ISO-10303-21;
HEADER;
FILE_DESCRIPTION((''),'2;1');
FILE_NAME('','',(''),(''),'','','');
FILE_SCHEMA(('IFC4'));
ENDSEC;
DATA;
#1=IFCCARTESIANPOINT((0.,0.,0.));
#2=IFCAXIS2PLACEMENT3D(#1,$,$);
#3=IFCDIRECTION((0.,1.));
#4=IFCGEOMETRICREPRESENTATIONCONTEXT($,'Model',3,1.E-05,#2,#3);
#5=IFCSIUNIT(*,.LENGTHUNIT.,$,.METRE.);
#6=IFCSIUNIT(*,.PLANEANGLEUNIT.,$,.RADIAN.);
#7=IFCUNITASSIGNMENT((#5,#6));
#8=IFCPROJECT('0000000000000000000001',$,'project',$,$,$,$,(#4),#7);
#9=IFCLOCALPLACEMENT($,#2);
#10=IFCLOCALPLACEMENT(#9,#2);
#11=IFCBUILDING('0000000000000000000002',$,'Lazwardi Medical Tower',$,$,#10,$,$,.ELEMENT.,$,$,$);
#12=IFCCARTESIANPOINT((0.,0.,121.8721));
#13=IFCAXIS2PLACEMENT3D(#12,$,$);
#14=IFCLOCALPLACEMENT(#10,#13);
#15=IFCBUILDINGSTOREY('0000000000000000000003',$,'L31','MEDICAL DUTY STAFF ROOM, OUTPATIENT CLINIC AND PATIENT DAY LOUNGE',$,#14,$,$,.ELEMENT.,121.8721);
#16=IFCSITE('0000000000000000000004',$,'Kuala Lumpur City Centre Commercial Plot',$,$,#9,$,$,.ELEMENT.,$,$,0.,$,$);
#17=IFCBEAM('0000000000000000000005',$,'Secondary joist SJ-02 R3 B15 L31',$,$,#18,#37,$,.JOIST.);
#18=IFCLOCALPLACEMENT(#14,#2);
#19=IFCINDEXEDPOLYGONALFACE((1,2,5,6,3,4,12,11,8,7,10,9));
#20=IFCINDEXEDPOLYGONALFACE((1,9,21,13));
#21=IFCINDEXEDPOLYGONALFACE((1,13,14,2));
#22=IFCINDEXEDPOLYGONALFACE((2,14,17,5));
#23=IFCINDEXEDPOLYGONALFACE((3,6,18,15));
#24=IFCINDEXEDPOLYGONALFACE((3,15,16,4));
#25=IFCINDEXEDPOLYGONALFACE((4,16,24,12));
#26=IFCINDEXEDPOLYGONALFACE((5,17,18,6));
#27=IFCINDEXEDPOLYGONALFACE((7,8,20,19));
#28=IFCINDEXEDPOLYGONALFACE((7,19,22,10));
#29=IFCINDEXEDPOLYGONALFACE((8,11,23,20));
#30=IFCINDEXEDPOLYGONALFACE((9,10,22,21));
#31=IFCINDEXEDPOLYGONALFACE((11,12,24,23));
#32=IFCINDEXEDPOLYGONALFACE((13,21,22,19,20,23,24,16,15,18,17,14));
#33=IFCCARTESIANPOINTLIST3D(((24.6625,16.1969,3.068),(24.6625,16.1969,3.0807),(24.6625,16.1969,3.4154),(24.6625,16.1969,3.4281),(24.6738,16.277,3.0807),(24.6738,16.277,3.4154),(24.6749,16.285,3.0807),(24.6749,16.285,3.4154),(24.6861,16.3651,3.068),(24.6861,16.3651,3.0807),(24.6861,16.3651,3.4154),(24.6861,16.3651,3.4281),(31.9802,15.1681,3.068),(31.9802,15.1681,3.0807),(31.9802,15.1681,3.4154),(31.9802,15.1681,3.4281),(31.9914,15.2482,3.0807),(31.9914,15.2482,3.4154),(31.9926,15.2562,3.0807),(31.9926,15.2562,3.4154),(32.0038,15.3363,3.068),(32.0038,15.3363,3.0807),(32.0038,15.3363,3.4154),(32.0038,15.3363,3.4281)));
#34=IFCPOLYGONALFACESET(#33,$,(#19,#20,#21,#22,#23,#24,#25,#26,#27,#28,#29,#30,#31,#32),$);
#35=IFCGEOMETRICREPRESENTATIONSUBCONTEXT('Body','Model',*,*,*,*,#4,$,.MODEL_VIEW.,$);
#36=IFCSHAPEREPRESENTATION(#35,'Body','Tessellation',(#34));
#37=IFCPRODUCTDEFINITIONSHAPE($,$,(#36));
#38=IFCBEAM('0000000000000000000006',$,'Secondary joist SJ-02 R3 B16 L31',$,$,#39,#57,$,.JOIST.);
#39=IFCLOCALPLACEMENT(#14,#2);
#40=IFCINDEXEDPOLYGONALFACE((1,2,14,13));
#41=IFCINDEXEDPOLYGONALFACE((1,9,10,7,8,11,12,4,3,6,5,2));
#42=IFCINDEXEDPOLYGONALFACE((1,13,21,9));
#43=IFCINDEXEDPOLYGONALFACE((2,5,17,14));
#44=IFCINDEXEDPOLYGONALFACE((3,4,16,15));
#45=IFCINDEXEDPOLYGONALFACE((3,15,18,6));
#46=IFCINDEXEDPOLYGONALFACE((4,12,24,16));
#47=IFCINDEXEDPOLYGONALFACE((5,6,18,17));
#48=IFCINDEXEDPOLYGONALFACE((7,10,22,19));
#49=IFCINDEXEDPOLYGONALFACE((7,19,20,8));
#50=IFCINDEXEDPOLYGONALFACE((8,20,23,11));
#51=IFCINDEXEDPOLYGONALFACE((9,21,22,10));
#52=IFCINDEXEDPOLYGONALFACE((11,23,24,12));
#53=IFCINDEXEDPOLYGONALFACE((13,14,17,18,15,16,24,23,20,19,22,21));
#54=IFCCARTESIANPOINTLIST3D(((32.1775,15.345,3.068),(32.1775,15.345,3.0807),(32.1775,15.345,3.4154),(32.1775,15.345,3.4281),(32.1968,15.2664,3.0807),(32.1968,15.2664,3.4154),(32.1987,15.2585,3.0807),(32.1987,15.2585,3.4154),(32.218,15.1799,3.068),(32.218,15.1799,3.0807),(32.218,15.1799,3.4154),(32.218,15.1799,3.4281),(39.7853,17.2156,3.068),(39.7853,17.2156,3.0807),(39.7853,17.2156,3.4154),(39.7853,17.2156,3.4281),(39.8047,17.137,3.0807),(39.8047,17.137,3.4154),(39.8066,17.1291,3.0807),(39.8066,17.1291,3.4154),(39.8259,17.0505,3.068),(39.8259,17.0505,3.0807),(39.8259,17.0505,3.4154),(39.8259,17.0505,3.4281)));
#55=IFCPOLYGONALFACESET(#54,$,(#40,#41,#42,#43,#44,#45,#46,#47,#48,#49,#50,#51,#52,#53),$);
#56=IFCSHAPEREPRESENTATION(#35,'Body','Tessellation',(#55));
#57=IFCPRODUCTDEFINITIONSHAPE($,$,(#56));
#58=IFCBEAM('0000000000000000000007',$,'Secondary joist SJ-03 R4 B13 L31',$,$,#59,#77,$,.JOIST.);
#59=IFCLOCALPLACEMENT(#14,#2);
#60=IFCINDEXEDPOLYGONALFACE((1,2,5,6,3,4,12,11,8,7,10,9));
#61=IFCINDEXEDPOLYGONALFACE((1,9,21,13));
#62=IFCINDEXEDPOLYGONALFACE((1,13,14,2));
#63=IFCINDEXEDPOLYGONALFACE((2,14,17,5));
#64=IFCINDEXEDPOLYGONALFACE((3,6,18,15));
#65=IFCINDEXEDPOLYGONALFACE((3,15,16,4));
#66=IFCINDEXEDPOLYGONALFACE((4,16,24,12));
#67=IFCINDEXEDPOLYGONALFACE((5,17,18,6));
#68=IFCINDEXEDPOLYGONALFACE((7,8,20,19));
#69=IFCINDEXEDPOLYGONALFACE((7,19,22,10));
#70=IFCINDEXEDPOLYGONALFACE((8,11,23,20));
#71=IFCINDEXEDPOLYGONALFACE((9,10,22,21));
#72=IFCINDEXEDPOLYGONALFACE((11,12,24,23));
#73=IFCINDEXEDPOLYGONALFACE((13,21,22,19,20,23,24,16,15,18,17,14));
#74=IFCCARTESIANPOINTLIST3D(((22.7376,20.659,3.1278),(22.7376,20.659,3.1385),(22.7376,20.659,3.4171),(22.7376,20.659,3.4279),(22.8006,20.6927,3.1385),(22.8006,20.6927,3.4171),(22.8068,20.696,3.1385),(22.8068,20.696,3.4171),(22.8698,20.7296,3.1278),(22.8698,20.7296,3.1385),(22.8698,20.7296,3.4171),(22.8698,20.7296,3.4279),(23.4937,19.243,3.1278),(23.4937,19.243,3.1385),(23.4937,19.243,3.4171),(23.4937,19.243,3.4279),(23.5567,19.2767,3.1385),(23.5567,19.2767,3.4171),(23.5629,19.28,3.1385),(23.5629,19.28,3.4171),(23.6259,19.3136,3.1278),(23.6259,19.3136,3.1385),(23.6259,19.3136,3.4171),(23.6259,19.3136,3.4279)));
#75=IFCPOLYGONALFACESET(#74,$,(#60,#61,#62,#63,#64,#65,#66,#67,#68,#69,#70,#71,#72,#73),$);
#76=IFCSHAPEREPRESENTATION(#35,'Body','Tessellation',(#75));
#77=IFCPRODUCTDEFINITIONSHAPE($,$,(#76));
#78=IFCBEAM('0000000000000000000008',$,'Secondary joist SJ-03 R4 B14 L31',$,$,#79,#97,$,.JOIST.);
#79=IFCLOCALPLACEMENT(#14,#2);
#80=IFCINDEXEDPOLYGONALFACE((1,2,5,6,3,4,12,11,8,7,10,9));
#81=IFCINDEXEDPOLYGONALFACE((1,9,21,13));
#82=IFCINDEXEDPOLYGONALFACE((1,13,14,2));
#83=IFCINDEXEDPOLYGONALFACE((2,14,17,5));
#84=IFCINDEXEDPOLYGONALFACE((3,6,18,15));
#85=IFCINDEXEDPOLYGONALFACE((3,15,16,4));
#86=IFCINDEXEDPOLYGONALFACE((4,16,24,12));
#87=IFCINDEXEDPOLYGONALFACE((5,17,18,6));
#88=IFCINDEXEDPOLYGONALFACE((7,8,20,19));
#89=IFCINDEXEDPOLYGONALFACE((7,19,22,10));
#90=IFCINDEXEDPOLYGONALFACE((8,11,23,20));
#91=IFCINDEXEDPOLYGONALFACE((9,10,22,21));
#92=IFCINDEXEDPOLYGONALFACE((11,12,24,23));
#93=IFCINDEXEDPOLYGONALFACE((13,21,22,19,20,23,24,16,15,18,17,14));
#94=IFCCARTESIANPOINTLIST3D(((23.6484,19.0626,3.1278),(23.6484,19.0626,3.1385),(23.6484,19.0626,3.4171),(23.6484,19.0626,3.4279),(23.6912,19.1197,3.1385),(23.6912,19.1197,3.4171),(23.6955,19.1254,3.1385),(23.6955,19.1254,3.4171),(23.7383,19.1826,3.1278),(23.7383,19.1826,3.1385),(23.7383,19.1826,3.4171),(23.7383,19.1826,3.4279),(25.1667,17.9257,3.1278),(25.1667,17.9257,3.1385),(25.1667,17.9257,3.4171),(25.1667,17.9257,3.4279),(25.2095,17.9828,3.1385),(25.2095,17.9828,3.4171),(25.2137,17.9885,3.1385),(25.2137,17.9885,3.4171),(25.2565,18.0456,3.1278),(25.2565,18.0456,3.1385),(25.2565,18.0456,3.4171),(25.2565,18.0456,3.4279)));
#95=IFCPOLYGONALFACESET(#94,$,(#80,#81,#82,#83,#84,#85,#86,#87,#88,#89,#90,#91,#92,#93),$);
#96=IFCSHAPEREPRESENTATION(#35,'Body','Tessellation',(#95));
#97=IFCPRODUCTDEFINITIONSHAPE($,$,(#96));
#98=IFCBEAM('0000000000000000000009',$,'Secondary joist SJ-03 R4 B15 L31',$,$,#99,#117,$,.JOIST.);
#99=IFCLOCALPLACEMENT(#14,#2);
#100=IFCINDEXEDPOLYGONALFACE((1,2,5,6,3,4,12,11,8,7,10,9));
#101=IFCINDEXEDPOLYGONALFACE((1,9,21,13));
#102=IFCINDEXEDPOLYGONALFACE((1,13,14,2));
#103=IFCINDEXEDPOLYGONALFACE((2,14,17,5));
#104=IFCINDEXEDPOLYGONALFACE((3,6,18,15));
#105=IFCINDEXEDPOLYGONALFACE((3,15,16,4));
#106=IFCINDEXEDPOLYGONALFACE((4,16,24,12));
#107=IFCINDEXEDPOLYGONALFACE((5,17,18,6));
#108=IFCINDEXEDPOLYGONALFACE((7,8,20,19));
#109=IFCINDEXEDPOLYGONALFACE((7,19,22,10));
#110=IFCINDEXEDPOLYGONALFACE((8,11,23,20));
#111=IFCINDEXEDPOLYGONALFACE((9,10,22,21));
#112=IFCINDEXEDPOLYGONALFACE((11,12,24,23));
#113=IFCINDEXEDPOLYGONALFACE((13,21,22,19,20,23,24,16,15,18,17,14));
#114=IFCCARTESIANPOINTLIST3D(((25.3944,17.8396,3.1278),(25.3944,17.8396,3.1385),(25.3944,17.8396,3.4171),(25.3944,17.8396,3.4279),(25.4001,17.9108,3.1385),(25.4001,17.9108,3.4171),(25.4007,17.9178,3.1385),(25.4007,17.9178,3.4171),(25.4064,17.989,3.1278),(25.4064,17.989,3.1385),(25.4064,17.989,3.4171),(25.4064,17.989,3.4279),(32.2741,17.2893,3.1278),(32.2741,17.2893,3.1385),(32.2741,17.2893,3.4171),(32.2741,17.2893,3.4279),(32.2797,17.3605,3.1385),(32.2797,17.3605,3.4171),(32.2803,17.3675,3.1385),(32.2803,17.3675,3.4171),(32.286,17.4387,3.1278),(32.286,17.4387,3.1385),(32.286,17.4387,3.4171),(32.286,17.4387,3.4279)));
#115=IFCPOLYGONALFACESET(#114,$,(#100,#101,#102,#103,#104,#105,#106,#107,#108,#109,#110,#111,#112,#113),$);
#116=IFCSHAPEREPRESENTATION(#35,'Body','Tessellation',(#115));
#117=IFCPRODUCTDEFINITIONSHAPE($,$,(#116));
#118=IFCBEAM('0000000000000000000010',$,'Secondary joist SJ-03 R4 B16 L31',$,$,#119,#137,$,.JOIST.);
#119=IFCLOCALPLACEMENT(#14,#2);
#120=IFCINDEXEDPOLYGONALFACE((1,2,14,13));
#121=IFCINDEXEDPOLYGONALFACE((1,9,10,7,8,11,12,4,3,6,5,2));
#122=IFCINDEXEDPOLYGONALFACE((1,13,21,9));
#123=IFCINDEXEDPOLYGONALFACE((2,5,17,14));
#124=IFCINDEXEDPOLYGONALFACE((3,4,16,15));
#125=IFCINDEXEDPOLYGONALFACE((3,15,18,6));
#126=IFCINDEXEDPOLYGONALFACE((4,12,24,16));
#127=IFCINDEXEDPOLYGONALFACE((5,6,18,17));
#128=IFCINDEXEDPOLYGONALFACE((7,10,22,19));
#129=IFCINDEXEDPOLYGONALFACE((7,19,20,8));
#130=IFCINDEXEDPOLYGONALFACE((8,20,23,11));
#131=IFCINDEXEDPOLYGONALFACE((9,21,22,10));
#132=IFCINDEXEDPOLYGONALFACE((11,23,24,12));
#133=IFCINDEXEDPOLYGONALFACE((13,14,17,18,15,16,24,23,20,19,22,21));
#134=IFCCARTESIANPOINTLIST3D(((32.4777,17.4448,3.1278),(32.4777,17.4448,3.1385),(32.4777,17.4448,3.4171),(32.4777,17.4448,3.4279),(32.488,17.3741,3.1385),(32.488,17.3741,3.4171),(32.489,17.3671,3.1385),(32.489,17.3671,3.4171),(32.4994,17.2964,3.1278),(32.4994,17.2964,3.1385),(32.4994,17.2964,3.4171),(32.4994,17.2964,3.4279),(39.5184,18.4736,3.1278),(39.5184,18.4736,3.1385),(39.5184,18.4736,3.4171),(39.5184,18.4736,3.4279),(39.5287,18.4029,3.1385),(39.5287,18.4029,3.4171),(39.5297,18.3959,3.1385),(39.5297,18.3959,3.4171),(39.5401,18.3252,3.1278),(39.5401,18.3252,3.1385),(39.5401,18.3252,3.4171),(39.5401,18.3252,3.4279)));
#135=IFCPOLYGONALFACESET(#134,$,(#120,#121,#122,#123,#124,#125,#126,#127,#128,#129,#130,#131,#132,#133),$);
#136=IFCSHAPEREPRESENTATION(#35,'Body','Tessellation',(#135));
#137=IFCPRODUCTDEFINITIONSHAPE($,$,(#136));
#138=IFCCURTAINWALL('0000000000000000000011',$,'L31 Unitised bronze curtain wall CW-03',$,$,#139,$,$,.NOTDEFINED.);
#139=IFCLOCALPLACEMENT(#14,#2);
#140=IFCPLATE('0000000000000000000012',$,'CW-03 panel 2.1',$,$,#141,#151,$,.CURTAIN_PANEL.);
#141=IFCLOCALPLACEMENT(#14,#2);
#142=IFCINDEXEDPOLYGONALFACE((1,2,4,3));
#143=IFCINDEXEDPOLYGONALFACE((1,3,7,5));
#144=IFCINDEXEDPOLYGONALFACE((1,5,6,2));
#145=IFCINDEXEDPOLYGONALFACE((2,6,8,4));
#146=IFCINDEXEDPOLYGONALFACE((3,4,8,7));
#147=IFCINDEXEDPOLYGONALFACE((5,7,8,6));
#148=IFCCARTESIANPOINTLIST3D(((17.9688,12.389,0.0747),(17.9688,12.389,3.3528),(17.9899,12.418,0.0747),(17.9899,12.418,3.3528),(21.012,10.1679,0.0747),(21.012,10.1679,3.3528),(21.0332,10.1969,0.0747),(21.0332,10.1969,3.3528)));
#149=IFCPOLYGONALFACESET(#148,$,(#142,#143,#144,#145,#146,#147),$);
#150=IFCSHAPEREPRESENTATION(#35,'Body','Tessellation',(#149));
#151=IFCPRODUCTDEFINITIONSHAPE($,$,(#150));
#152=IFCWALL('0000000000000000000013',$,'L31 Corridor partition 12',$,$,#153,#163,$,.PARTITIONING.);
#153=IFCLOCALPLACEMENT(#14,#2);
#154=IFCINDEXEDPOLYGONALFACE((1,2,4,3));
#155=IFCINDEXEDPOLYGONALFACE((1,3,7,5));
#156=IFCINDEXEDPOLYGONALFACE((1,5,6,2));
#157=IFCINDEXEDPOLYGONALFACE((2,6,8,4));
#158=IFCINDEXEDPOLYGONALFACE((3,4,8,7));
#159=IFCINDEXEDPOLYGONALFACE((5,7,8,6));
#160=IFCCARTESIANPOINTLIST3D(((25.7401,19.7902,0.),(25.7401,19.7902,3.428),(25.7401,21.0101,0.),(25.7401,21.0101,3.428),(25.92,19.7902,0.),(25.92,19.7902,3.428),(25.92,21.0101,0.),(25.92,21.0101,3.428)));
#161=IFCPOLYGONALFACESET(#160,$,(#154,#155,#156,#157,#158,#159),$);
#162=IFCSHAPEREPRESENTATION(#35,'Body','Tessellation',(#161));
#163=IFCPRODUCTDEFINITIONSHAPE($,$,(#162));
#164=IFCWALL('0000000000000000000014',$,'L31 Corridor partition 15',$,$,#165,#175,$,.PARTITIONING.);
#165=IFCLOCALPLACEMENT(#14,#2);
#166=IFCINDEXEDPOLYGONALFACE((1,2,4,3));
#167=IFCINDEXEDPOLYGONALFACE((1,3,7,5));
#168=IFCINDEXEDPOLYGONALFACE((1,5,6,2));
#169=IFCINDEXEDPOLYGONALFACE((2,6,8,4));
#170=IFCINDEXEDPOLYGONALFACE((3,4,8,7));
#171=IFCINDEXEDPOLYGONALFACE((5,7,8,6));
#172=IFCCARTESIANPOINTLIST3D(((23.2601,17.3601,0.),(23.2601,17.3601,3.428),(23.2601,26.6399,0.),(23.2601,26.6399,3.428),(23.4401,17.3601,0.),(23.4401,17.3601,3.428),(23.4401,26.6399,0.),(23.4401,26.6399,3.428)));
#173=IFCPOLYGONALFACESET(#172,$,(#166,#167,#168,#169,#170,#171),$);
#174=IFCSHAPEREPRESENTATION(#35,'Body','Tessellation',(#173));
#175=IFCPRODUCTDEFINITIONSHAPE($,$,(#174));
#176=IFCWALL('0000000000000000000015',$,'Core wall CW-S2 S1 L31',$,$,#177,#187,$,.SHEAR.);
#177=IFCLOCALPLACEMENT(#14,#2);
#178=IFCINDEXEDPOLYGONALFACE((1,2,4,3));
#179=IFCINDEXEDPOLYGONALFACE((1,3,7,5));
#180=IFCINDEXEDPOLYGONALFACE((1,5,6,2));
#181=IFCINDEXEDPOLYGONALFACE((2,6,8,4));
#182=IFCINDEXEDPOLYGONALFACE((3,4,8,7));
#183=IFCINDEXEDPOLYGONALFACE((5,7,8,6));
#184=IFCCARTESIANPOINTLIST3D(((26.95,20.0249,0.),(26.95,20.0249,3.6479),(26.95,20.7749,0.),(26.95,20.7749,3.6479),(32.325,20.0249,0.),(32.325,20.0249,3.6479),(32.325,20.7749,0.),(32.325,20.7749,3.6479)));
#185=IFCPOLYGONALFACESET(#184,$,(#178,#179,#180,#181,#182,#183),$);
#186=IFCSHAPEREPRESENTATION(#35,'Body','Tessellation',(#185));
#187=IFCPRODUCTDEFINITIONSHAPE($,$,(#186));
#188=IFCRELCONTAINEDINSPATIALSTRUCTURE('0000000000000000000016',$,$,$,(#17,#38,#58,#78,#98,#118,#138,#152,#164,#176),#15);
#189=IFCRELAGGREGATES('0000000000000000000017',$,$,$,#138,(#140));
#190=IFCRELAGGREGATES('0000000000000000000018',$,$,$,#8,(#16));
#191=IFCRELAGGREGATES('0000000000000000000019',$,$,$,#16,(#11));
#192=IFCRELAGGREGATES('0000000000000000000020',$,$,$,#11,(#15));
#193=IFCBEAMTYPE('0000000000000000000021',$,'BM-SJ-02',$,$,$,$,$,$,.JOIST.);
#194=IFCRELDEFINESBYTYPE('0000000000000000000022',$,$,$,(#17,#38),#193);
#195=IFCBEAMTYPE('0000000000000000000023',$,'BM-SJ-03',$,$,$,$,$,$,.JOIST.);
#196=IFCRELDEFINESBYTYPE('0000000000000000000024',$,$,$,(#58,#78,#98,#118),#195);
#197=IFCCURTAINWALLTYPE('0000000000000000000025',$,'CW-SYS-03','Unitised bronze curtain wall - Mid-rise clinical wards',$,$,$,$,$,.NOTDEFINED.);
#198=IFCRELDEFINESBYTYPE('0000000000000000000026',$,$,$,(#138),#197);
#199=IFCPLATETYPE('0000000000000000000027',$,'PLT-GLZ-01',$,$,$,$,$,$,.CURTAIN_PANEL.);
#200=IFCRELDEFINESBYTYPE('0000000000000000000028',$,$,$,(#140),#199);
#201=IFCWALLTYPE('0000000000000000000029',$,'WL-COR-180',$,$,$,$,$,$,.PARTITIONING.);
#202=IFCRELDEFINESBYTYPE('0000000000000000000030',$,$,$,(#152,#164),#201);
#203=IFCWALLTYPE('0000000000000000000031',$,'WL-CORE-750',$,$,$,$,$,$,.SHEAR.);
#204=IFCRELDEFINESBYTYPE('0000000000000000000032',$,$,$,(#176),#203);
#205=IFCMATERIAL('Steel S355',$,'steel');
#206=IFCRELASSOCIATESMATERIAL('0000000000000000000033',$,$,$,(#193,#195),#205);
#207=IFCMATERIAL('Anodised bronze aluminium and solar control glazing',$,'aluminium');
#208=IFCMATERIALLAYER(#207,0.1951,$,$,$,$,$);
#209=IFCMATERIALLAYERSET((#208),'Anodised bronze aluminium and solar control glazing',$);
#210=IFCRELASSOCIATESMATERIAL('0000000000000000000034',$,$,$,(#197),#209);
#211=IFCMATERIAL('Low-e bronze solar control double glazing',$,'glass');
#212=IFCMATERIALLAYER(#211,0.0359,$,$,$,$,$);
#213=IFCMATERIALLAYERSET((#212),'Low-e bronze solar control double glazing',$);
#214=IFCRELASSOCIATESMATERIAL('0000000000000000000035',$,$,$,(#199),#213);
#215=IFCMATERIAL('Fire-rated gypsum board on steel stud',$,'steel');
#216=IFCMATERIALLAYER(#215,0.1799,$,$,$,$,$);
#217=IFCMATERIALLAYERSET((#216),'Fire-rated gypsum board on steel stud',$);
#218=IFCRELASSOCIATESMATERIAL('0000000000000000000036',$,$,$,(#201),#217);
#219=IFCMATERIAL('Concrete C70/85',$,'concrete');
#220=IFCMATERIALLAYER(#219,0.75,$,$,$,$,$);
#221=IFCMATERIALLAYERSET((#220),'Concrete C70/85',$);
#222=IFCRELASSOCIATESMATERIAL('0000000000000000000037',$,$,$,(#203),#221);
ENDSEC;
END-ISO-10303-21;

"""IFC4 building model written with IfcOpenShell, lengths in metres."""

from ifc_helpers import new_model, si_unit, direction, frame, frame_2d, origin, origin_2d, place, context, subcontext, project, spatial, rectangle, i_section, extrude, material, layer, layer_set, material_profile, profile_set, type_object, element, aggregate, save


model = new_model("IFC4")

# Units and contexts
model_context = context("Model", 3, precision=1e-05, world=origin(), true_north=direction((0.0, 1.0)))
body_context = subcontext(model_context, "Body", "Model", "MODEL_VIEW")
ifc_project = project(units=[si_unit("LENGTHUNIT", "METRE"), si_unit("PLANEANGLEUNIT", "RADIAN")], contexts=[model_context])

# Site, building, storey
site_placement = place(None, origin())
site = spatial("IfcSite", under=ifc_project, at=site_placement, Name="Kuala Lumpur City Centre Commercial Plot", CompositionType="ELEMENT", RefElevation=0.0)
building_placement = place(site_placement, origin())
building = spatial("IfcBuilding", under=site, at=building_placement, Name="Lazwardi Medical Tower", CompositionType="ELEMENT")
storey_placement = place(building_placement, frame((0.0, 0.0, 121.8721)))
storey = spatial("IfcBuildingStorey", under=building, at=storey_placement, Name="L31", Description="MEDICAL DUTY STAFF ROOM, OUTPATIENT CLINIC AND PATIENT DAY LOUNGE", CompositionType="ELEMENT", Elevation=121.8721)

# Shared definitions
ifc_material_1 = material(Name="Concrete C70/85", Category="concrete")

# Beams
ifc_material_2 = material(Name="Steel S355", Category="steel")
ifc_material_profile_1 = material_profile(ifc_material_2, i_section(OverallWidth=0.1699, OverallDepth=0.3601, WebThickness=0.0081, FlangeThickness=0.0127, at=origin_2d()), Name="IPE 360")
ifc_profile_set_1 = profile_set([ifc_material_profile_1], Name="Steel S355")
beam_type_1 = type_object("IfcBeamType", Name="BM-SJ-02", PredefinedType="JOIST", material=ifc_profile_set_1)
beam_1_placement = place(storey_placement, frame((24.6743, 16.281, 3.248), z_axis=(0.990261, -0.139224, 0.0), x_axis=(0.139224, 0.990261, 0.0)))
element("IfcBeam", 1, at=beam_1_placement, inside=storey, type_object=beam_type_1, Name="Secondary joist SJ-02 R3 B15 L31", PredefinedType="JOIST", context=body_context, shape_type="SweptSolid", body=[
    extrude(i_section(OverallWidth=0.1699, OverallDepth=0.3601, WebThickness=0.0081, FlangeThickness=0.0127, at=origin_2d()), origin(), (0.0, 0.0, 1.0), 7.3896),
])
beam_2_placement = place(storey_placement, frame((32.1978, 15.2625, 3.248), z_axis=(0.971077, 0.238765, 0.0), x_axis=(-0.238765, 0.971077, 0.0)))
element("IfcBeam", 2, at=beam_2_placement, inside=storey, type_object=beam_type_1, Name="Secondary joist SJ-02 R3 B16 L31", PredefinedType="JOIST", context=body_context, shape_type="SweptSolid", body=[
    extrude(i_section(OverallWidth=0.1699, OverallDepth=0.3601, WebThickness=0.0081, FlangeThickness=0.0127, at=origin_2d()), origin(), (0.0, 0.0, 1.0), 7.8345),
])
ifc_material_profile_2 = material_profile(ifc_material_2, i_section(OverallWidth=0.1499, OverallDepth=0.3, WebThickness=0.0071, FlangeThickness=0.0107, at=origin_2d()), Name="IPE 300")
ifc_profile_set_2 = profile_set([ifc_material_profile_2], Name="Steel S355")
beam_type_2 = type_object("IfcBeamType", Name="BM-SJ-03", PredefinedType="JOIST", material=ifc_profile_set_2)
beam_3_placement = place(storey_placement, frame((22.8037, 20.6943, 3.2778), z_axis=(0.471022, -0.882121, 0.0), x_axis=(0.882121, 0.471022, 0.0)))
element("IfcBeam", 3, at=beam_3_placement, inside=storey, type_object=beam_type_2, Name="Secondary joist SJ-03 R4 B13 L31", PredefinedType="JOIST", context=body_context, shape_type="SweptSolid", body=[
    extrude(i_section(OverallWidth=0.1499, OverallDepth=0.3, WebThickness=0.0071, FlangeThickness=0.0107, at=origin_2d()), origin(), (0.0, 0.0, 1.0), 1.6052),
])
beam_4_placement = place(storey_placement, frame((23.6934, 19.1226, 3.2778), z_axis=(0.800448, -0.599403, 0.0), x_axis=(0.599403, 0.800448, 0.0)))
element("IfcBeam", 4, at=beam_4_placement, inside=storey, type_object=beam_type_2, Name="Secondary joist SJ-03 R4 B14 L31", PredefinedType="JOIST", context=body_context, shape_type="SweptSolid", body=[
    extrude(i_section(OverallWidth=0.1499, OverallDepth=0.3, WebThickness=0.0071, FlangeThickness=0.0107, at=origin_2d()), origin(), (0.0, 0.0, 1.0), 1.8967),
])
beam_5_placement = place(storey_placement, frame((25.4004, 17.9143, 3.2778), z_axis=(0.996816, -0.079734, 0.0), x_axis=(0.079734, 0.996816, 0.0)))
element("IfcBeam", 5, at=beam_5_placement, inside=storey, type_object=beam_type_2, Name="Secondary joist SJ-03 R4 B15 L31", PredefinedType="JOIST", context=body_context, shape_type="SweptSolid", body=[
    extrude(i_section(OverallWidth=0.1499, OverallDepth=0.3, WebThickness=0.0071, FlangeThickness=0.0107, at=origin_2d()), origin(), (0.0, 0.0, 1.0), 6.9016),
])
beam_6_placement = place(storey_placement, frame((32.4885, 17.3706, 3.2778), z_axis=(0.989492, 0.144586, 0.0), x_axis=(-0.144586, 0.989492, 0.0)))
element("IfcBeam", 6, at=beam_6_placement, inside=storey, type_object=beam_type_2, Name="Secondary joist SJ-03 R4 B16 L31", PredefinedType="JOIST", context=body_context, shape_type="SweptSolid", body=[
    extrude(i_section(OverallWidth=0.1499, OverallDepth=0.3, WebThickness=0.0071, FlangeThickness=0.0107, at=origin_2d()), origin(), (0.0, 0.0, 1.0), 7.1155),
])

# Curtain wall, plate
ifc_material_3 = material(Name="Anodised bronze aluminium and solar control glazing", Category="aluminium")
ifc_layer_1 = layer(ifc_material_3, 0.1951)
ifc_layer_set_1 = layer_set([ifc_layer_1], Name="Anodised bronze aluminium and solar control glazing")
curtain_wall_type = type_object("IfcCurtainWallType", Name="CW-SYS-03", Description="Unitised bronze curtain wall - Mid-rise clinical wards", PredefinedType="NOTDEFINED", material=ifc_layer_set_1)
curtain_wall_placement = place(storey_placement, origin())
curtain_wall = element("IfcCurtainWall", 7, at=curtain_wall_placement, inside=storey, type_object=curtain_wall_type, Name="L31 Unitised bronze curtain wall CW-03", PredefinedType="NOTDEFINED")
ifc_material_4 = material(Name="Low-e bronze solar control double glazing", Category="glass")
ifc_layer_2 = layer(ifc_material_4, 0.0359)
ifc_layer_set_2 = layer_set([ifc_layer_2], Name="Low-e bronze solar control double glazing")
plate_type = type_object("IfcPlateType", Name="PLT-GLZ-01", PredefinedType="CURTAIN_PANEL", material=ifc_layer_set_2)
plate_placement = place(storey_placement, frame((19.501, 11.293, 0.0747), z_axis=(0.0, 0.0, 1.0), x_axis=(0.807746, -0.589531, 0.0)))
plate = element("IfcPlate", 8, at=plate_placement, type_object=plate_type, Name="CW-03 panel 2.1", PredefinedType="CURTAIN_PANEL", context=body_context, shape_type="SweptSolid", body=[
    extrude(rectangle(XDim=3.7676, YDim=0.0359, at=origin_2d()), origin(), (0.0, 0.0, 1.0), 3.2781),
])
aggregate(curtain_wall, [plate])

# Walls
ifc_material_5 = material(Name="Fire-rated gypsum board on steel stud", Category="steel")
ifc_layer_3 = layer(ifc_material_5, 0.1799)
ifc_layer_set_3 = layer_set([ifc_layer_3], Name="Fire-rated gypsum board on steel stud")
wall_type_1 = type_object("IfcWallType", Name="WL-COR-180", PredefinedType="PARTITIONING", material=ifc_layer_set_3)
wall_1_placement = place(storey_placement, frame((25.8301, 21.01, 0.0), z_axis=(0.0, 0.0, 1.0), x_axis=(0.0, -1.0, 0.0)))
element("IfcWall", 9, at=wall_1_placement, inside=storey, type_object=wall_type_1, Name="L31 Corridor partition 12", PredefinedType="PARTITIONING", context=body_context, shape_type="SweptSolid", body=[
    extrude(rectangle(XDim=1.22, YDim=0.1799, at=frame_2d((0.6099, 0.0))), origin(), (0.0, 0.0, 1.0), 3.428),
])
wall_2_placement = place(storey_placement, frame((23.3501, 17.3601, 0.0), z_axis=(0.0, 0.0, 1.0), x_axis=(0.0, 1.0, 0.0)))
element("IfcWall", 10, at=wall_2_placement, inside=storey, type_object=wall_type_1, Name="L31 Corridor partition 15", PredefinedType="PARTITIONING", context=body_context, shape_type="SweptSolid", body=[
    extrude(rectangle(XDim=9.2798, YDim=0.1799, at=frame_2d((4.6399, 0.0))), origin(), (0.0, 0.0, 1.0), 3.428),
])

# Shared definitions
ifc_layer_4 = layer(ifc_material_1, 0.75)
ifc_layer_set_4 = layer_set([ifc_layer_4], Name="Concrete C70/85")
wall_type_2 = type_object("IfcWallType", Name="WL-CORE-750", PredefinedType="SHEAR", material=ifc_layer_set_4)

# Wall
wall_3_placement = place(storey_placement, frame((26.95, 20.3999, 0.0), z_axis=(0.0, 0.0, 1.0), x_axis=(1.0, 0.0, 0.0)))
element("IfcWall", 11, at=wall_3_placement, inside=storey, type_object=wall_type_2, Name="Core wall CW-S2 S1 L31", PredefinedType="SHEAR", context=body_context, shape_type="SweptSolid", body=[
    extrude(rectangle(XDim=5.375, YDim=0.75, at=frame_2d((2.6875, 0.0))), origin(), (0.0, 0.0, 1.0), 3.6479),
])

save(model, "model.ifc")
